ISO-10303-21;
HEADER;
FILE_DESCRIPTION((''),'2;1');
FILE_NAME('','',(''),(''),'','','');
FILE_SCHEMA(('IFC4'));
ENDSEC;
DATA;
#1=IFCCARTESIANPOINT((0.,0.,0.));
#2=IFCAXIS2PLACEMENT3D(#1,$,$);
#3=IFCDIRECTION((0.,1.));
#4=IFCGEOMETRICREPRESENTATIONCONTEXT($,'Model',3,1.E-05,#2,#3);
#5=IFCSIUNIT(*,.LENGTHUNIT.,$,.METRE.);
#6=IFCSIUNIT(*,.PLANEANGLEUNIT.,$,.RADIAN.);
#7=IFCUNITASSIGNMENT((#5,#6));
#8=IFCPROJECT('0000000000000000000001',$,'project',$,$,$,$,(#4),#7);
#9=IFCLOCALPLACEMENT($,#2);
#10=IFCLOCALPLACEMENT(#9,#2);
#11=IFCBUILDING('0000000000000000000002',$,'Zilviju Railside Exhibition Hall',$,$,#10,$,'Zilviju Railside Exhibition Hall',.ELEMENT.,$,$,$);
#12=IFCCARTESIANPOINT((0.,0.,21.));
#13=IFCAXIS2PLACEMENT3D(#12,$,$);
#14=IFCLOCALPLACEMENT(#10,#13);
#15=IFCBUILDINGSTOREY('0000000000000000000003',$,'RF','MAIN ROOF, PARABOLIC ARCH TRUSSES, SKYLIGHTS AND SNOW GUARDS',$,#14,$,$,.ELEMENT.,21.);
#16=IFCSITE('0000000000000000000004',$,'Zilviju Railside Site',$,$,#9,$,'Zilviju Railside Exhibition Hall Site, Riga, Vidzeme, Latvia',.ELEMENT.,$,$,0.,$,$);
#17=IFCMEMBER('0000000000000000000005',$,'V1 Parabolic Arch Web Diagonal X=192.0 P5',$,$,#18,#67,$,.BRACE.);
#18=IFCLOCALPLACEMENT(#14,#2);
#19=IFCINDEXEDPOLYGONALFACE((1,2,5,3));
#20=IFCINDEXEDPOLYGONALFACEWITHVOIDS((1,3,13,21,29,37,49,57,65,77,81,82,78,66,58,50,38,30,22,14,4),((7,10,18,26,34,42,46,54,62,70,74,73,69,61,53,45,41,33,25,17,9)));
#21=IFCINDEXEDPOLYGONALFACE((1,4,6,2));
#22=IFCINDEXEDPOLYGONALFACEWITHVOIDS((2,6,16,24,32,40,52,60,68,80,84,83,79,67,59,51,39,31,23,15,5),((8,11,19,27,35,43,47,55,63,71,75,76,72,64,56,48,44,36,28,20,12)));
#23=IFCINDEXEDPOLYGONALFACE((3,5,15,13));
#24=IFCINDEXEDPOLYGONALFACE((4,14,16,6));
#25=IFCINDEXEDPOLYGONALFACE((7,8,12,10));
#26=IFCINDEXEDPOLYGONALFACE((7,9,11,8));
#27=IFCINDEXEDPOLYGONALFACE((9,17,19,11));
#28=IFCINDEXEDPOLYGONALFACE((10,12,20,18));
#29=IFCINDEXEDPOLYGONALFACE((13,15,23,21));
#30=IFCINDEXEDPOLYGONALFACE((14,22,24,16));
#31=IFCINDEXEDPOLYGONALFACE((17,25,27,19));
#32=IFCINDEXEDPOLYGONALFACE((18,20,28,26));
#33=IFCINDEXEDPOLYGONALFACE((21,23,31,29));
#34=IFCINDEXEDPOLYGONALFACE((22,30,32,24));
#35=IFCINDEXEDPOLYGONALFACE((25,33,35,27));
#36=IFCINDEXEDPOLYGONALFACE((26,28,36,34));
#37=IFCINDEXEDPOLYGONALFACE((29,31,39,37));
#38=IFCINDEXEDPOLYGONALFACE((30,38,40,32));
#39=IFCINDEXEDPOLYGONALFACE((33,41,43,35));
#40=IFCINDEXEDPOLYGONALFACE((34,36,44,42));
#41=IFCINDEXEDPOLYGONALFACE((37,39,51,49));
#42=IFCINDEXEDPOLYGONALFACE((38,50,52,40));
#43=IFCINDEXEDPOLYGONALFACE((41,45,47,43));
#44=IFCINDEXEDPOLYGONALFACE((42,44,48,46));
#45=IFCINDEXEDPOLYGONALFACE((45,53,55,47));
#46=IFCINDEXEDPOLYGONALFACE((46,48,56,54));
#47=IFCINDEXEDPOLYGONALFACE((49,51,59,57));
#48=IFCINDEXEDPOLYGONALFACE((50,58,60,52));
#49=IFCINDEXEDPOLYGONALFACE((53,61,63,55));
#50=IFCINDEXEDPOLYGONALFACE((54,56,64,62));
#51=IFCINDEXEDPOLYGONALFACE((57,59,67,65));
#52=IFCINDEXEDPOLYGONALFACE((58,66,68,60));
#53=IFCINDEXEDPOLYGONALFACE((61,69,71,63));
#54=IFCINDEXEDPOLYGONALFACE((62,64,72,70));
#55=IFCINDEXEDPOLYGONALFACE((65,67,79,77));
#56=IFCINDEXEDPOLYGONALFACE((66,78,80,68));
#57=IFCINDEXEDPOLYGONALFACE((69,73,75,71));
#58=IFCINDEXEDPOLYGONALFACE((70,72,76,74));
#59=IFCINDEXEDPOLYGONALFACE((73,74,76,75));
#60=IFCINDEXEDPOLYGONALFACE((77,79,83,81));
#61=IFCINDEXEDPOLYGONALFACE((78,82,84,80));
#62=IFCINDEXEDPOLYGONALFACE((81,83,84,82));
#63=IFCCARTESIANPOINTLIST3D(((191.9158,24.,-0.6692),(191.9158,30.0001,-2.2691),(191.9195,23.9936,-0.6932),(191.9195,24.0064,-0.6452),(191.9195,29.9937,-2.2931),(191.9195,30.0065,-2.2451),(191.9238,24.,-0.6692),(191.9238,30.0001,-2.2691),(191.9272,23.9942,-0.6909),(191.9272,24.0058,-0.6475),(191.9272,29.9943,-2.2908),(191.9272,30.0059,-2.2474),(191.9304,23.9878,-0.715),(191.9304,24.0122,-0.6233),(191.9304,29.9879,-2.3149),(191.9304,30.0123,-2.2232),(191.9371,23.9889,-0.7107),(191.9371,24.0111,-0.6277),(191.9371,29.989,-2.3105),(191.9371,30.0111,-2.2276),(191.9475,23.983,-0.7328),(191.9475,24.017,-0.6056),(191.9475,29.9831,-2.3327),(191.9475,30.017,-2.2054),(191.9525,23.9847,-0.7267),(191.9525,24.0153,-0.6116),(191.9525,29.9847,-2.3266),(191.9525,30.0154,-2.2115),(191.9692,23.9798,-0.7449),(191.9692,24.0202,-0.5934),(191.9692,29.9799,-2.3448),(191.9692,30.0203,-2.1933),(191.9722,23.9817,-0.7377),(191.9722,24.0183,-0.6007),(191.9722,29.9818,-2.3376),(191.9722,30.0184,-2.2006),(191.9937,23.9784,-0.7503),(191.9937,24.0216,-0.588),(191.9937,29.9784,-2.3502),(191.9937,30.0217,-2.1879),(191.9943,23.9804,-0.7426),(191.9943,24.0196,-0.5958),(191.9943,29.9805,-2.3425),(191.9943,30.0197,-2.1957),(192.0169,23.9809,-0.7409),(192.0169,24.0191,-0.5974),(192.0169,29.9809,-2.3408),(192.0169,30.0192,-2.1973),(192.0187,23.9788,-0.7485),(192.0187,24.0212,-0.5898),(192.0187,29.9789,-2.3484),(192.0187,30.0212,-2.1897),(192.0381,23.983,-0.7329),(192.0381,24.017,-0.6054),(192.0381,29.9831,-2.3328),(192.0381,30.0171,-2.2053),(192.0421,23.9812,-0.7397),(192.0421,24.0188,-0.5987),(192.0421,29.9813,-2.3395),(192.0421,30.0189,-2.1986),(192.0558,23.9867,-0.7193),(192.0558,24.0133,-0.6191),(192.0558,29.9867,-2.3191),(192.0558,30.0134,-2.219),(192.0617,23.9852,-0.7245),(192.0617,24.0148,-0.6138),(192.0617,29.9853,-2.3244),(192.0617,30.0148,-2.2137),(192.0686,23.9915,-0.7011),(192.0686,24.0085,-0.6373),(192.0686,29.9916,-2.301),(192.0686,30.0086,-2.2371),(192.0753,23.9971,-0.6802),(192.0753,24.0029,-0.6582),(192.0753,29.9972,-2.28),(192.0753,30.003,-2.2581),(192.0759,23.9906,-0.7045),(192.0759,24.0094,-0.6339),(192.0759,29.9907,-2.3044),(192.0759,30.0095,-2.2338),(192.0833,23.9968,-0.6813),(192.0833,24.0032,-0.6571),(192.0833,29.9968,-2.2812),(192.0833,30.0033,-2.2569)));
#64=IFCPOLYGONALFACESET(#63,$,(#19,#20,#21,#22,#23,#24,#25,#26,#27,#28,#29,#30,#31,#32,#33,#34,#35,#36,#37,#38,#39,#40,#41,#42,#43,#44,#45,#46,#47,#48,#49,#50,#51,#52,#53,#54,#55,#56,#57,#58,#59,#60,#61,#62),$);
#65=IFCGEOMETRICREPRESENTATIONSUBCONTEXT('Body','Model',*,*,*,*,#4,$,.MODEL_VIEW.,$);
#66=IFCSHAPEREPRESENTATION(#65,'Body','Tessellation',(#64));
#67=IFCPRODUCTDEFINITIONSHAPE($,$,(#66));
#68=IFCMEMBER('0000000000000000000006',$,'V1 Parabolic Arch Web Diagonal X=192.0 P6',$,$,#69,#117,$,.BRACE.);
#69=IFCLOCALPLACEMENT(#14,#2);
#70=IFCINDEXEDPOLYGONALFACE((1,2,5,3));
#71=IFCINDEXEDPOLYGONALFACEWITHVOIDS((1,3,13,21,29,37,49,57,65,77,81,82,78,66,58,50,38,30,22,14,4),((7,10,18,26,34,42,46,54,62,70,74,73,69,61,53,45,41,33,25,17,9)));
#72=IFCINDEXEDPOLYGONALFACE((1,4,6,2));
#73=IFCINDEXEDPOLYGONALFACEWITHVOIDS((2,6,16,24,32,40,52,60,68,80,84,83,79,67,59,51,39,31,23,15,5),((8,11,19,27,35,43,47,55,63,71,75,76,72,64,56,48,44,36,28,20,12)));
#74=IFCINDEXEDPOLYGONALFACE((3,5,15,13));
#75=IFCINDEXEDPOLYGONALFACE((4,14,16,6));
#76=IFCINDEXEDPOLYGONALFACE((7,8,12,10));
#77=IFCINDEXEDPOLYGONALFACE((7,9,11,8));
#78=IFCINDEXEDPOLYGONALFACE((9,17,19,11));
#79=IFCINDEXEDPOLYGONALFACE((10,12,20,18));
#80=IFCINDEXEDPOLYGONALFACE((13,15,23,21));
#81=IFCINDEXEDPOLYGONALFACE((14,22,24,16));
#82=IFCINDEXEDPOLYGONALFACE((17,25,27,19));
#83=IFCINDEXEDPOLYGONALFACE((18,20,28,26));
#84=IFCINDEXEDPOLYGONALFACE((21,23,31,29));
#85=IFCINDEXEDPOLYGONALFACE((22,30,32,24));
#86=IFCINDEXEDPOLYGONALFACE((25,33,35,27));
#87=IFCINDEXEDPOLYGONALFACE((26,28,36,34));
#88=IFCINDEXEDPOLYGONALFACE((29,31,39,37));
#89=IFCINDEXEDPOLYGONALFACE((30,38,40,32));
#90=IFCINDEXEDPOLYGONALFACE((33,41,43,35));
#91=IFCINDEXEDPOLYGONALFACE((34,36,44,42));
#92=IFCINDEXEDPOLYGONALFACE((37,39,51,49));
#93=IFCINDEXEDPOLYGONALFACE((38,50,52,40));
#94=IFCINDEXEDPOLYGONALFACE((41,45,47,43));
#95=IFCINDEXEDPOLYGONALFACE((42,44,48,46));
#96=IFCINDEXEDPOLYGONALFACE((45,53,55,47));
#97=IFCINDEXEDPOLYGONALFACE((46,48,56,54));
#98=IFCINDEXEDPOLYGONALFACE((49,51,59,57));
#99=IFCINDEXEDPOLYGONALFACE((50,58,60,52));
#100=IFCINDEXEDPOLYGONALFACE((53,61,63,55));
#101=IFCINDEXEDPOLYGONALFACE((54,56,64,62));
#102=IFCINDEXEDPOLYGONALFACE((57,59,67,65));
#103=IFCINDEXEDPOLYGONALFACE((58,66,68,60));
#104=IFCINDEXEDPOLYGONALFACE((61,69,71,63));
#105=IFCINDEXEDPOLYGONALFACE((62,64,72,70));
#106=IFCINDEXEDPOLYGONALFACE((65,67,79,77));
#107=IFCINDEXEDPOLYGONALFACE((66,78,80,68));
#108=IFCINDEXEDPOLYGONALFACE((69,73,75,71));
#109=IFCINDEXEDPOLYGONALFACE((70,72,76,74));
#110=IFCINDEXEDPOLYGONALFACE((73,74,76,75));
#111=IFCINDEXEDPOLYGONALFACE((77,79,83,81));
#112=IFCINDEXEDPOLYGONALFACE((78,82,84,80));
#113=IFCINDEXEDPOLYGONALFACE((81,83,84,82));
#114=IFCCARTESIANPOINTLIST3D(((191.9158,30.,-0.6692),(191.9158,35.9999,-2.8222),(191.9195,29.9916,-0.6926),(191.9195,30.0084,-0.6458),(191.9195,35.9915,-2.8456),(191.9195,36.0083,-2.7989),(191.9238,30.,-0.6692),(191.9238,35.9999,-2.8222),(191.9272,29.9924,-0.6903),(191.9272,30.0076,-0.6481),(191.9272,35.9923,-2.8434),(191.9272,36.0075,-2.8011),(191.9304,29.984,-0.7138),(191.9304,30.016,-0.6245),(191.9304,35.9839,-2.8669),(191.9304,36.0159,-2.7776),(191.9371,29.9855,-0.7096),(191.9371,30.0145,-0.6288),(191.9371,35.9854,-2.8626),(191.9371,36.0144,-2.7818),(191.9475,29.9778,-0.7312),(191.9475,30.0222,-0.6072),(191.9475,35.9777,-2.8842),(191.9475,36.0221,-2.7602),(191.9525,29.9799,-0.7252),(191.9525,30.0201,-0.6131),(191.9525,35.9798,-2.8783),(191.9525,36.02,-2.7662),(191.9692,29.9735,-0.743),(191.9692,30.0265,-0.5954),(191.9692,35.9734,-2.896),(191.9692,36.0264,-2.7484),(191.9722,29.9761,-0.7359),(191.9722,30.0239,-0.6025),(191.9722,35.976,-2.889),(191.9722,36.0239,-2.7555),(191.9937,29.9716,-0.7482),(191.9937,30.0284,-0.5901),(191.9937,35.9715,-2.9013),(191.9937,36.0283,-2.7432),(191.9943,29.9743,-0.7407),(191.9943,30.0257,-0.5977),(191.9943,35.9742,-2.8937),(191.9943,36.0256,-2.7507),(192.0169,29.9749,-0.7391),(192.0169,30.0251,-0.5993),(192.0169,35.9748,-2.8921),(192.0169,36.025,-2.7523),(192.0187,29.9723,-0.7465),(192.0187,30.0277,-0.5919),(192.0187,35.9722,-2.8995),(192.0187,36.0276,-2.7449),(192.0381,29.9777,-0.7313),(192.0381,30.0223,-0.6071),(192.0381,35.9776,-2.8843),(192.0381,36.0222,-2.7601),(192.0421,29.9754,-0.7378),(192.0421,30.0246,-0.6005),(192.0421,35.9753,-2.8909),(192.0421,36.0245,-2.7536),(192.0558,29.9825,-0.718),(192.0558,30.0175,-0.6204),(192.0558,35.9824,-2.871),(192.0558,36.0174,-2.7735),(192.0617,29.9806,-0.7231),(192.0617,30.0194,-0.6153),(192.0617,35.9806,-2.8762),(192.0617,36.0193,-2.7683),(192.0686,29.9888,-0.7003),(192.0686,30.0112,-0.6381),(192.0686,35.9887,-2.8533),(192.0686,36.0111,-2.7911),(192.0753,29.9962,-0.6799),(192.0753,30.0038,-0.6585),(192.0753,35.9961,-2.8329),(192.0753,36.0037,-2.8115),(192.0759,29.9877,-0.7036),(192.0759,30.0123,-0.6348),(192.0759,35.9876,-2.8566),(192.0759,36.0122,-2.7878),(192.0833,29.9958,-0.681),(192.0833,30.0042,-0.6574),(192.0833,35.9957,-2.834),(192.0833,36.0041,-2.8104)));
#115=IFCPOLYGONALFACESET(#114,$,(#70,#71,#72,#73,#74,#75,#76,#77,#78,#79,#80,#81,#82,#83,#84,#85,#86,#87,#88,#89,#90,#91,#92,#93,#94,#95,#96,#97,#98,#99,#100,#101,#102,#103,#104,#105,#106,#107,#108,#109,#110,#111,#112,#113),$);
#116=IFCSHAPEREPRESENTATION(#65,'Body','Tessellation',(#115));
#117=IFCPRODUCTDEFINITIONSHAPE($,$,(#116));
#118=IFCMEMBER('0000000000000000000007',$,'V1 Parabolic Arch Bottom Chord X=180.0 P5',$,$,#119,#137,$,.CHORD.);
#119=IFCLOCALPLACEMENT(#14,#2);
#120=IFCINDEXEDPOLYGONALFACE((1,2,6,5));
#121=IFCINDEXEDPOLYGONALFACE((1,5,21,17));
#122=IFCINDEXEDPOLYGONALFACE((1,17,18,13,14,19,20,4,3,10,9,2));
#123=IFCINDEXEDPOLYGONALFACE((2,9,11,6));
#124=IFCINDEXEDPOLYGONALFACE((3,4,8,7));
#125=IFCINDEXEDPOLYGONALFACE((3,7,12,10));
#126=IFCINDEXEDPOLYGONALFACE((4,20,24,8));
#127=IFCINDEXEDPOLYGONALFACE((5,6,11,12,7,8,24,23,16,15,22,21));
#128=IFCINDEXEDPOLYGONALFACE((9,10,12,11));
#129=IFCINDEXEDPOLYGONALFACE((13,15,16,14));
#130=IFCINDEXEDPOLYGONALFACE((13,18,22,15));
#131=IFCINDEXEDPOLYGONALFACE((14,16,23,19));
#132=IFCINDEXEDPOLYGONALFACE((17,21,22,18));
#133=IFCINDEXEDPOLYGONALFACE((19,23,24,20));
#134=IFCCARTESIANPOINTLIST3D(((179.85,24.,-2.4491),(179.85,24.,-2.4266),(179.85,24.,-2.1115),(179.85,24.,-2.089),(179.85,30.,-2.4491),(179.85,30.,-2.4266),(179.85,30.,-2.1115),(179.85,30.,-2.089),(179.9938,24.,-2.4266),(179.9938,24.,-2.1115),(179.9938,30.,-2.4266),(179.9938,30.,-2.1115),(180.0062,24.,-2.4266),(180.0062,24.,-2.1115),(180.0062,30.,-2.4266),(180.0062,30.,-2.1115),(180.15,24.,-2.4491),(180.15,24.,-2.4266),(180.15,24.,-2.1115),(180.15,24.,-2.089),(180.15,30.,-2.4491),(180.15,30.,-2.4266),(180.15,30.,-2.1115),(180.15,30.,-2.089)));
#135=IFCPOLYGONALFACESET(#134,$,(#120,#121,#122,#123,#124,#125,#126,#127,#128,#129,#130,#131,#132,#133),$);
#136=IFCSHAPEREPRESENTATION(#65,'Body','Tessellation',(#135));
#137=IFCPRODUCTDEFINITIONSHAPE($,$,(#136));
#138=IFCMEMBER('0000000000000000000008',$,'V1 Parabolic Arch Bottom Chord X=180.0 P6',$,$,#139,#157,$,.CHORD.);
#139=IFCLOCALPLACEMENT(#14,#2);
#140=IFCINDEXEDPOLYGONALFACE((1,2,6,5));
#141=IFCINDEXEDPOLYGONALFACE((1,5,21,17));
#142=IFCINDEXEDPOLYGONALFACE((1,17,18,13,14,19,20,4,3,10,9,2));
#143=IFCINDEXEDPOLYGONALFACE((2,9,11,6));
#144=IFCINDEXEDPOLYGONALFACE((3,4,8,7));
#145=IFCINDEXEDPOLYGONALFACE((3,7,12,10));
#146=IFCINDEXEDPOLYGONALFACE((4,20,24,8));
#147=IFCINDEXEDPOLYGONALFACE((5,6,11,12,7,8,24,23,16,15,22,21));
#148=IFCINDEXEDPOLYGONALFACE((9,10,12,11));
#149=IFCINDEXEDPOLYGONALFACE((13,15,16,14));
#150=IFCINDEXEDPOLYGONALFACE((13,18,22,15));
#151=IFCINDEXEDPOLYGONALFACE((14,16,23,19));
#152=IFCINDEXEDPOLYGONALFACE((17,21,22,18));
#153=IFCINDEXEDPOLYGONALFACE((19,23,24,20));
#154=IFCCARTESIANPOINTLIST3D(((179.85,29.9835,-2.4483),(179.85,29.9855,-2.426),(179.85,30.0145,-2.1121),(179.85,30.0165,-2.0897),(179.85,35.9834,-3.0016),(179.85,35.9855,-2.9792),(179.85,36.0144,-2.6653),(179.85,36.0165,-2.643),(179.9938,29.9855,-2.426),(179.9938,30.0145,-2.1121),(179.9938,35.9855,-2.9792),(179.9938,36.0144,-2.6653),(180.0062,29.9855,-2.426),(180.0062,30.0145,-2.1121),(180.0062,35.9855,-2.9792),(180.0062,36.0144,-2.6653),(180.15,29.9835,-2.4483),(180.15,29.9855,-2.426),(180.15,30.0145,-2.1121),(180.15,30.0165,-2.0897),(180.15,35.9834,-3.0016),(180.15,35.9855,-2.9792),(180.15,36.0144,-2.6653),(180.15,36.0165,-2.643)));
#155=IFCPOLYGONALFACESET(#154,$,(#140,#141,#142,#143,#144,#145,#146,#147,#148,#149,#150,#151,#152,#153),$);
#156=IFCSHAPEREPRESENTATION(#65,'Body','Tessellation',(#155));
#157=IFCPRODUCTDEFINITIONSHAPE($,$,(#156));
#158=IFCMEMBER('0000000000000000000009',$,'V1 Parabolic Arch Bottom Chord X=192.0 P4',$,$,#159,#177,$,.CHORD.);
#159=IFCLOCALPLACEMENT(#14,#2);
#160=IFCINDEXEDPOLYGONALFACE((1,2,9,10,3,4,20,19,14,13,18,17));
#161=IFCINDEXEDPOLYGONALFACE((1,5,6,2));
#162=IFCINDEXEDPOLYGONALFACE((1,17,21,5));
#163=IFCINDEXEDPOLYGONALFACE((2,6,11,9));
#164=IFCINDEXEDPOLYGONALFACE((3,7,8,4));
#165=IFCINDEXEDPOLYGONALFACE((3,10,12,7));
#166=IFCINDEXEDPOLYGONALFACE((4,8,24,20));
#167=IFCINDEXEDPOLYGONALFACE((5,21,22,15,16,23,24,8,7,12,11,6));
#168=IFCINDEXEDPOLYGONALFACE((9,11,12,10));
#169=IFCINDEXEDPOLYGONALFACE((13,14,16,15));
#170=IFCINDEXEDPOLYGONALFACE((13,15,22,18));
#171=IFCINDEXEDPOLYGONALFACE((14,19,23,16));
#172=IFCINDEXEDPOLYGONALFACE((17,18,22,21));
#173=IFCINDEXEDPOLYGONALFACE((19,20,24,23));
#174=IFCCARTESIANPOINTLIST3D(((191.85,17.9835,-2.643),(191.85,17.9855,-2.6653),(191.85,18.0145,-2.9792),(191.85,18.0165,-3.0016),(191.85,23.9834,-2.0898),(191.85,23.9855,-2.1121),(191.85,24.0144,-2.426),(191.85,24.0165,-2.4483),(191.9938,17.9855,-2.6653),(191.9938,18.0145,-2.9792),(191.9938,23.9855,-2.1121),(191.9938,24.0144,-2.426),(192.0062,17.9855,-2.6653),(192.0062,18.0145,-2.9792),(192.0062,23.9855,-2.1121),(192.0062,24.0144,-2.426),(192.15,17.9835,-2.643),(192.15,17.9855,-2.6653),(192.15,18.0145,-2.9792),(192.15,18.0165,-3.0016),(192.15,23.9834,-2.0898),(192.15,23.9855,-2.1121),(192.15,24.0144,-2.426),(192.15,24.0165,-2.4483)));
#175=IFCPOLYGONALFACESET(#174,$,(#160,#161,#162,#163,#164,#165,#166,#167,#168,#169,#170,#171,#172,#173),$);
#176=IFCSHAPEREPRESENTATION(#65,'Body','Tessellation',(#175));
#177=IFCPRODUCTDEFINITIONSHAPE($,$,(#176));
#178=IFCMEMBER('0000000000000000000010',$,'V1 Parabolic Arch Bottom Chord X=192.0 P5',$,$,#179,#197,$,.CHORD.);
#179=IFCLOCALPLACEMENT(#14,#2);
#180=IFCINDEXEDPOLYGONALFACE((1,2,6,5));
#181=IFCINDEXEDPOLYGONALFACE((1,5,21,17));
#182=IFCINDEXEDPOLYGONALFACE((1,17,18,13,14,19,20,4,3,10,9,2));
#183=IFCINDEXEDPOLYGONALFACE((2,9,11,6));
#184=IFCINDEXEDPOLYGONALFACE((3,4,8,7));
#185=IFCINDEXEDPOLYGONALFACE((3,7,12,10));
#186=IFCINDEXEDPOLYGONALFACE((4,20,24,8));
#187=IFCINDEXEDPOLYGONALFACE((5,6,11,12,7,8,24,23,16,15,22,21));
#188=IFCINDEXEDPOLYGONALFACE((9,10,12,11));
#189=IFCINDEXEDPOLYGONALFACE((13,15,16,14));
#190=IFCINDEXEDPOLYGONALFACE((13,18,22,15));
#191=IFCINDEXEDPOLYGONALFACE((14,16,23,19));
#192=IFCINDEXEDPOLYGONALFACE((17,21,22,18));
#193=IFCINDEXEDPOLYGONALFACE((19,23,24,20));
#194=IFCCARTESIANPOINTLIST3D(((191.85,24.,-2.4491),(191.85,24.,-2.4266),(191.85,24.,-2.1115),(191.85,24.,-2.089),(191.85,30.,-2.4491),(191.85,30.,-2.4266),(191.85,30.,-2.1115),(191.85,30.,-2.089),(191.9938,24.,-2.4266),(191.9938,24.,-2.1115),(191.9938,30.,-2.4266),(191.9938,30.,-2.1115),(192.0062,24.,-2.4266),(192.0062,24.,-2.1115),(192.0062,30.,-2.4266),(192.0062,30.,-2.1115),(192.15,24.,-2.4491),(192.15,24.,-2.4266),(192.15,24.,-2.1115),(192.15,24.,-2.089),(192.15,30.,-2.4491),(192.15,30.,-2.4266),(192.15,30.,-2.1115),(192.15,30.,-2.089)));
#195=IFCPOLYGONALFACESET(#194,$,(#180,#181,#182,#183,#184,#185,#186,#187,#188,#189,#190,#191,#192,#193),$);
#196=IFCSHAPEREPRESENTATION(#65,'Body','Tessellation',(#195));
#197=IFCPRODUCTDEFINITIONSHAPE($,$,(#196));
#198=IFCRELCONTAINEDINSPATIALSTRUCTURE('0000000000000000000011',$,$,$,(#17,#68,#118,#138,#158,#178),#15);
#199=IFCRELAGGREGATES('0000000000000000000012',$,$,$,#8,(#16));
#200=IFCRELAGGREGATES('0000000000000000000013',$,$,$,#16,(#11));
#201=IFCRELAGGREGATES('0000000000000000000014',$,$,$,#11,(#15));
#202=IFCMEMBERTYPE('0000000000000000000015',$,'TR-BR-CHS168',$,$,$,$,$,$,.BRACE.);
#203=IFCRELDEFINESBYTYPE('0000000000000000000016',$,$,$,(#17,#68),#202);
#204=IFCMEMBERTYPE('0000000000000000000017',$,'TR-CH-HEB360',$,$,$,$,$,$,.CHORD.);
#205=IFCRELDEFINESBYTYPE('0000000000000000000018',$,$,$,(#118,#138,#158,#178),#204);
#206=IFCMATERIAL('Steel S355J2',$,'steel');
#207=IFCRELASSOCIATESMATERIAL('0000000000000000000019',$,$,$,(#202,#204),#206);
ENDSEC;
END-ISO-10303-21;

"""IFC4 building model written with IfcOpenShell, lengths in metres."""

from ifc_helpers import new_model, si_unit, direction, frame, origin, origin_2d, place, context, subcontext, project, spatial, hollow_circle, i_section, extrude, material, material_profile, profile_set, type_object, element, save


model = new_model("IFC4")

# Units and contexts
model_context = context("Model", 3, precision=1e-05, world=origin(), true_north=direction((0.0, 1.0)))
body_context = subcontext(model_context, "Body", "Model", "MODEL_VIEW")
ifc_project = project(units=[si_unit("LENGTHUNIT", "METRE"), si_unit("PLANEANGLEUNIT", "RADIAN")], contexts=[model_context])

# Site, building, storey
site_placement = place(None, origin())
site = spatial("IfcSite", under=ifc_project, at=site_placement, Name="Zilviju Railside Site", LongName="Zilviju Railside Exhibition Hall Site, Riga, Vidzeme, Latvia", CompositionType="ELEMENT", RefElevation=0.0)
building_placement = place(site_placement, origin())
building = spatial("IfcBuilding", under=site, at=building_placement, Name="Zilviju Railside Exhibition Hall", LongName="Zilviju Railside Exhibition Hall", CompositionType="ELEMENT")
storey_placement = place(building_placement, frame((0.0, 0.0, 21.0)))
storey = spatial("IfcBuildingStorey", under=building, at=storey_placement, Name="RF", Description="MAIN ROOF, PARABOLIC ARCH TRUSSES, SKYLIGHTS AND SNOW GUARDS", CompositionType="ELEMENT", Elevation=21.0)

# Members
ifc_material_1 = material(Name="Steel S355J2", Category="steel")
ifc_material_profile_1 = material_profile(ifc_material_1, hollow_circle(Radius=0.0842, WallThickness=0.0081, at=origin_2d()), Name="CHS 168.3x8.0")
ifc_profile_set_1 = profile_set([ifc_material_profile_1], Name="Steel S355J2")
member_type_1 = type_object("IfcMemberType", Name="TR-BR-CHS168", PredefinedType="BRACE", material=ifc_profile_set_1)
member_1_placement = place(storey_placement, frame((192.0, 24.0, -0.6692), z_axis=(0.0, 0.966241, -0.257641), x_axis=(-1.0, 0.0, 0.0)))
element("IfcMember", 1, at=member_1_placement, inside=storey, type_object=member_type_1, Name="V1 Parabolic Arch Web Diagonal X=192.0 P5", PredefinedType="BRACE", context=body_context, shape_type="SweptSolid", body=[
    extrude(hollow_circle(Radius=0.0842, WallThickness=0.0081, at=origin_2d()), origin(), (0.0, 0.0, 1.0), 6.2097),
])
member_2_placement = place(storey_placement, frame((192.0, 30.0, -0.6692), z_axis=(0.0, 0.941233, -0.337758), x_axis=(-1.0, 0.0, 0.0)))
element("IfcMember", 2, at=member_2_placement, inside=storey, type_object=member_type_1, Name="V1 Parabolic Arch Web Diagonal X=192.0 P6", PredefinedType="BRACE", context=body_context, shape_type="SweptSolid", body=[
    extrude(hollow_circle(Radius=0.0842, WallThickness=0.0081, at=origin_2d()), origin(), (0.0, 0.0, 1.0), 6.3745),
])
ifc_material_profile_2 = material_profile(ifc_material_1, i_section(OverallWidth=0.3, OverallDepth=0.3601, WebThickness=0.0125, FlangeThickness=0.0225, at=origin_2d()), Name="HEB 360")
ifc_profile_set_2 = profile_set([ifc_material_profile_2], Name="Steel S355J2")
member_type_2 = type_object("IfcMemberType", Name="TR-CH-HEB360", PredefinedType="CHORD", material=ifc_profile_set_2)
member_3_placement = place(storey_placement, frame((180.0, 24.0, -2.269), z_axis=(0.0, 1.0, 0.0), x_axis=(-1.0, 0.0, 0.0)))
element("IfcMember", 3, at=member_3_placement, inside=storey, type_object=member_type_2, Name="V1 Parabolic Arch Bottom Chord X=180.0 P5", PredefinedType="CHORD", context=body_context, shape_type="SweptSolid", body=[
    extrude(i_section(OverallWidth=0.3, OverallDepth=0.3601, WebThickness=0.0125, FlangeThickness=0.0225, at=origin_2d()), origin(), (0.0, 0.0, 1.0), 6.0),
])
for number, where, z_axis, x_axis, name in (
    (4, (180.0, 30.0, -2.269), (0.0, 0.995776, -0.091814), (-1.0, 0.0, 0.0), "V1 Parabolic Arch Bottom Chord X=180.0 P6"),
    (5, (192.0, 18.0, -2.8223), (0.0, 0.995776, 0.091814), (-1.0, 0.0, 0.0), "V1 Parabolic Arch Bottom Chord X=192.0 P4"),
):
    element("IfcMember", number, at=place(storey_placement, frame(where, z_axis=z_axis, x_axis=x_axis)), inside=storey, type_object=member_type_2, Name=name, PredefinedType="CHORD", context=body_context, shape_type="SweptSolid", body=[
        extrude(i_section(OverallWidth=0.3, OverallDepth=0.3601, WebThickness=0.0125, FlangeThickness=0.0225, at=origin_2d()), origin(), (0.0, 0.0, 1.0), 6.0254),
    ])
member_4_placement = place(storey_placement, frame((192.0, 24.0, -2.269), z_axis=(0.0, 1.0, 0.0), x_axis=(-1.0, 0.0, 0.0)))
element("IfcMember", 6, at=member_4_placement, inside=storey, type_object=member_type_2, Name="V1 Parabolic Arch Bottom Chord X=192.0 P5", PredefinedType="CHORD", context=body_context, shape_type="SweptSolid", body=[
    extrude(i_section(OverallWidth=0.3, OverallDepth=0.3601, WebThickness=0.0125, FlangeThickness=0.0225, at=origin_2d()), origin(), (0.0, 0.0, 1.0), 6.0),
])

save(model, "model.ifc")
